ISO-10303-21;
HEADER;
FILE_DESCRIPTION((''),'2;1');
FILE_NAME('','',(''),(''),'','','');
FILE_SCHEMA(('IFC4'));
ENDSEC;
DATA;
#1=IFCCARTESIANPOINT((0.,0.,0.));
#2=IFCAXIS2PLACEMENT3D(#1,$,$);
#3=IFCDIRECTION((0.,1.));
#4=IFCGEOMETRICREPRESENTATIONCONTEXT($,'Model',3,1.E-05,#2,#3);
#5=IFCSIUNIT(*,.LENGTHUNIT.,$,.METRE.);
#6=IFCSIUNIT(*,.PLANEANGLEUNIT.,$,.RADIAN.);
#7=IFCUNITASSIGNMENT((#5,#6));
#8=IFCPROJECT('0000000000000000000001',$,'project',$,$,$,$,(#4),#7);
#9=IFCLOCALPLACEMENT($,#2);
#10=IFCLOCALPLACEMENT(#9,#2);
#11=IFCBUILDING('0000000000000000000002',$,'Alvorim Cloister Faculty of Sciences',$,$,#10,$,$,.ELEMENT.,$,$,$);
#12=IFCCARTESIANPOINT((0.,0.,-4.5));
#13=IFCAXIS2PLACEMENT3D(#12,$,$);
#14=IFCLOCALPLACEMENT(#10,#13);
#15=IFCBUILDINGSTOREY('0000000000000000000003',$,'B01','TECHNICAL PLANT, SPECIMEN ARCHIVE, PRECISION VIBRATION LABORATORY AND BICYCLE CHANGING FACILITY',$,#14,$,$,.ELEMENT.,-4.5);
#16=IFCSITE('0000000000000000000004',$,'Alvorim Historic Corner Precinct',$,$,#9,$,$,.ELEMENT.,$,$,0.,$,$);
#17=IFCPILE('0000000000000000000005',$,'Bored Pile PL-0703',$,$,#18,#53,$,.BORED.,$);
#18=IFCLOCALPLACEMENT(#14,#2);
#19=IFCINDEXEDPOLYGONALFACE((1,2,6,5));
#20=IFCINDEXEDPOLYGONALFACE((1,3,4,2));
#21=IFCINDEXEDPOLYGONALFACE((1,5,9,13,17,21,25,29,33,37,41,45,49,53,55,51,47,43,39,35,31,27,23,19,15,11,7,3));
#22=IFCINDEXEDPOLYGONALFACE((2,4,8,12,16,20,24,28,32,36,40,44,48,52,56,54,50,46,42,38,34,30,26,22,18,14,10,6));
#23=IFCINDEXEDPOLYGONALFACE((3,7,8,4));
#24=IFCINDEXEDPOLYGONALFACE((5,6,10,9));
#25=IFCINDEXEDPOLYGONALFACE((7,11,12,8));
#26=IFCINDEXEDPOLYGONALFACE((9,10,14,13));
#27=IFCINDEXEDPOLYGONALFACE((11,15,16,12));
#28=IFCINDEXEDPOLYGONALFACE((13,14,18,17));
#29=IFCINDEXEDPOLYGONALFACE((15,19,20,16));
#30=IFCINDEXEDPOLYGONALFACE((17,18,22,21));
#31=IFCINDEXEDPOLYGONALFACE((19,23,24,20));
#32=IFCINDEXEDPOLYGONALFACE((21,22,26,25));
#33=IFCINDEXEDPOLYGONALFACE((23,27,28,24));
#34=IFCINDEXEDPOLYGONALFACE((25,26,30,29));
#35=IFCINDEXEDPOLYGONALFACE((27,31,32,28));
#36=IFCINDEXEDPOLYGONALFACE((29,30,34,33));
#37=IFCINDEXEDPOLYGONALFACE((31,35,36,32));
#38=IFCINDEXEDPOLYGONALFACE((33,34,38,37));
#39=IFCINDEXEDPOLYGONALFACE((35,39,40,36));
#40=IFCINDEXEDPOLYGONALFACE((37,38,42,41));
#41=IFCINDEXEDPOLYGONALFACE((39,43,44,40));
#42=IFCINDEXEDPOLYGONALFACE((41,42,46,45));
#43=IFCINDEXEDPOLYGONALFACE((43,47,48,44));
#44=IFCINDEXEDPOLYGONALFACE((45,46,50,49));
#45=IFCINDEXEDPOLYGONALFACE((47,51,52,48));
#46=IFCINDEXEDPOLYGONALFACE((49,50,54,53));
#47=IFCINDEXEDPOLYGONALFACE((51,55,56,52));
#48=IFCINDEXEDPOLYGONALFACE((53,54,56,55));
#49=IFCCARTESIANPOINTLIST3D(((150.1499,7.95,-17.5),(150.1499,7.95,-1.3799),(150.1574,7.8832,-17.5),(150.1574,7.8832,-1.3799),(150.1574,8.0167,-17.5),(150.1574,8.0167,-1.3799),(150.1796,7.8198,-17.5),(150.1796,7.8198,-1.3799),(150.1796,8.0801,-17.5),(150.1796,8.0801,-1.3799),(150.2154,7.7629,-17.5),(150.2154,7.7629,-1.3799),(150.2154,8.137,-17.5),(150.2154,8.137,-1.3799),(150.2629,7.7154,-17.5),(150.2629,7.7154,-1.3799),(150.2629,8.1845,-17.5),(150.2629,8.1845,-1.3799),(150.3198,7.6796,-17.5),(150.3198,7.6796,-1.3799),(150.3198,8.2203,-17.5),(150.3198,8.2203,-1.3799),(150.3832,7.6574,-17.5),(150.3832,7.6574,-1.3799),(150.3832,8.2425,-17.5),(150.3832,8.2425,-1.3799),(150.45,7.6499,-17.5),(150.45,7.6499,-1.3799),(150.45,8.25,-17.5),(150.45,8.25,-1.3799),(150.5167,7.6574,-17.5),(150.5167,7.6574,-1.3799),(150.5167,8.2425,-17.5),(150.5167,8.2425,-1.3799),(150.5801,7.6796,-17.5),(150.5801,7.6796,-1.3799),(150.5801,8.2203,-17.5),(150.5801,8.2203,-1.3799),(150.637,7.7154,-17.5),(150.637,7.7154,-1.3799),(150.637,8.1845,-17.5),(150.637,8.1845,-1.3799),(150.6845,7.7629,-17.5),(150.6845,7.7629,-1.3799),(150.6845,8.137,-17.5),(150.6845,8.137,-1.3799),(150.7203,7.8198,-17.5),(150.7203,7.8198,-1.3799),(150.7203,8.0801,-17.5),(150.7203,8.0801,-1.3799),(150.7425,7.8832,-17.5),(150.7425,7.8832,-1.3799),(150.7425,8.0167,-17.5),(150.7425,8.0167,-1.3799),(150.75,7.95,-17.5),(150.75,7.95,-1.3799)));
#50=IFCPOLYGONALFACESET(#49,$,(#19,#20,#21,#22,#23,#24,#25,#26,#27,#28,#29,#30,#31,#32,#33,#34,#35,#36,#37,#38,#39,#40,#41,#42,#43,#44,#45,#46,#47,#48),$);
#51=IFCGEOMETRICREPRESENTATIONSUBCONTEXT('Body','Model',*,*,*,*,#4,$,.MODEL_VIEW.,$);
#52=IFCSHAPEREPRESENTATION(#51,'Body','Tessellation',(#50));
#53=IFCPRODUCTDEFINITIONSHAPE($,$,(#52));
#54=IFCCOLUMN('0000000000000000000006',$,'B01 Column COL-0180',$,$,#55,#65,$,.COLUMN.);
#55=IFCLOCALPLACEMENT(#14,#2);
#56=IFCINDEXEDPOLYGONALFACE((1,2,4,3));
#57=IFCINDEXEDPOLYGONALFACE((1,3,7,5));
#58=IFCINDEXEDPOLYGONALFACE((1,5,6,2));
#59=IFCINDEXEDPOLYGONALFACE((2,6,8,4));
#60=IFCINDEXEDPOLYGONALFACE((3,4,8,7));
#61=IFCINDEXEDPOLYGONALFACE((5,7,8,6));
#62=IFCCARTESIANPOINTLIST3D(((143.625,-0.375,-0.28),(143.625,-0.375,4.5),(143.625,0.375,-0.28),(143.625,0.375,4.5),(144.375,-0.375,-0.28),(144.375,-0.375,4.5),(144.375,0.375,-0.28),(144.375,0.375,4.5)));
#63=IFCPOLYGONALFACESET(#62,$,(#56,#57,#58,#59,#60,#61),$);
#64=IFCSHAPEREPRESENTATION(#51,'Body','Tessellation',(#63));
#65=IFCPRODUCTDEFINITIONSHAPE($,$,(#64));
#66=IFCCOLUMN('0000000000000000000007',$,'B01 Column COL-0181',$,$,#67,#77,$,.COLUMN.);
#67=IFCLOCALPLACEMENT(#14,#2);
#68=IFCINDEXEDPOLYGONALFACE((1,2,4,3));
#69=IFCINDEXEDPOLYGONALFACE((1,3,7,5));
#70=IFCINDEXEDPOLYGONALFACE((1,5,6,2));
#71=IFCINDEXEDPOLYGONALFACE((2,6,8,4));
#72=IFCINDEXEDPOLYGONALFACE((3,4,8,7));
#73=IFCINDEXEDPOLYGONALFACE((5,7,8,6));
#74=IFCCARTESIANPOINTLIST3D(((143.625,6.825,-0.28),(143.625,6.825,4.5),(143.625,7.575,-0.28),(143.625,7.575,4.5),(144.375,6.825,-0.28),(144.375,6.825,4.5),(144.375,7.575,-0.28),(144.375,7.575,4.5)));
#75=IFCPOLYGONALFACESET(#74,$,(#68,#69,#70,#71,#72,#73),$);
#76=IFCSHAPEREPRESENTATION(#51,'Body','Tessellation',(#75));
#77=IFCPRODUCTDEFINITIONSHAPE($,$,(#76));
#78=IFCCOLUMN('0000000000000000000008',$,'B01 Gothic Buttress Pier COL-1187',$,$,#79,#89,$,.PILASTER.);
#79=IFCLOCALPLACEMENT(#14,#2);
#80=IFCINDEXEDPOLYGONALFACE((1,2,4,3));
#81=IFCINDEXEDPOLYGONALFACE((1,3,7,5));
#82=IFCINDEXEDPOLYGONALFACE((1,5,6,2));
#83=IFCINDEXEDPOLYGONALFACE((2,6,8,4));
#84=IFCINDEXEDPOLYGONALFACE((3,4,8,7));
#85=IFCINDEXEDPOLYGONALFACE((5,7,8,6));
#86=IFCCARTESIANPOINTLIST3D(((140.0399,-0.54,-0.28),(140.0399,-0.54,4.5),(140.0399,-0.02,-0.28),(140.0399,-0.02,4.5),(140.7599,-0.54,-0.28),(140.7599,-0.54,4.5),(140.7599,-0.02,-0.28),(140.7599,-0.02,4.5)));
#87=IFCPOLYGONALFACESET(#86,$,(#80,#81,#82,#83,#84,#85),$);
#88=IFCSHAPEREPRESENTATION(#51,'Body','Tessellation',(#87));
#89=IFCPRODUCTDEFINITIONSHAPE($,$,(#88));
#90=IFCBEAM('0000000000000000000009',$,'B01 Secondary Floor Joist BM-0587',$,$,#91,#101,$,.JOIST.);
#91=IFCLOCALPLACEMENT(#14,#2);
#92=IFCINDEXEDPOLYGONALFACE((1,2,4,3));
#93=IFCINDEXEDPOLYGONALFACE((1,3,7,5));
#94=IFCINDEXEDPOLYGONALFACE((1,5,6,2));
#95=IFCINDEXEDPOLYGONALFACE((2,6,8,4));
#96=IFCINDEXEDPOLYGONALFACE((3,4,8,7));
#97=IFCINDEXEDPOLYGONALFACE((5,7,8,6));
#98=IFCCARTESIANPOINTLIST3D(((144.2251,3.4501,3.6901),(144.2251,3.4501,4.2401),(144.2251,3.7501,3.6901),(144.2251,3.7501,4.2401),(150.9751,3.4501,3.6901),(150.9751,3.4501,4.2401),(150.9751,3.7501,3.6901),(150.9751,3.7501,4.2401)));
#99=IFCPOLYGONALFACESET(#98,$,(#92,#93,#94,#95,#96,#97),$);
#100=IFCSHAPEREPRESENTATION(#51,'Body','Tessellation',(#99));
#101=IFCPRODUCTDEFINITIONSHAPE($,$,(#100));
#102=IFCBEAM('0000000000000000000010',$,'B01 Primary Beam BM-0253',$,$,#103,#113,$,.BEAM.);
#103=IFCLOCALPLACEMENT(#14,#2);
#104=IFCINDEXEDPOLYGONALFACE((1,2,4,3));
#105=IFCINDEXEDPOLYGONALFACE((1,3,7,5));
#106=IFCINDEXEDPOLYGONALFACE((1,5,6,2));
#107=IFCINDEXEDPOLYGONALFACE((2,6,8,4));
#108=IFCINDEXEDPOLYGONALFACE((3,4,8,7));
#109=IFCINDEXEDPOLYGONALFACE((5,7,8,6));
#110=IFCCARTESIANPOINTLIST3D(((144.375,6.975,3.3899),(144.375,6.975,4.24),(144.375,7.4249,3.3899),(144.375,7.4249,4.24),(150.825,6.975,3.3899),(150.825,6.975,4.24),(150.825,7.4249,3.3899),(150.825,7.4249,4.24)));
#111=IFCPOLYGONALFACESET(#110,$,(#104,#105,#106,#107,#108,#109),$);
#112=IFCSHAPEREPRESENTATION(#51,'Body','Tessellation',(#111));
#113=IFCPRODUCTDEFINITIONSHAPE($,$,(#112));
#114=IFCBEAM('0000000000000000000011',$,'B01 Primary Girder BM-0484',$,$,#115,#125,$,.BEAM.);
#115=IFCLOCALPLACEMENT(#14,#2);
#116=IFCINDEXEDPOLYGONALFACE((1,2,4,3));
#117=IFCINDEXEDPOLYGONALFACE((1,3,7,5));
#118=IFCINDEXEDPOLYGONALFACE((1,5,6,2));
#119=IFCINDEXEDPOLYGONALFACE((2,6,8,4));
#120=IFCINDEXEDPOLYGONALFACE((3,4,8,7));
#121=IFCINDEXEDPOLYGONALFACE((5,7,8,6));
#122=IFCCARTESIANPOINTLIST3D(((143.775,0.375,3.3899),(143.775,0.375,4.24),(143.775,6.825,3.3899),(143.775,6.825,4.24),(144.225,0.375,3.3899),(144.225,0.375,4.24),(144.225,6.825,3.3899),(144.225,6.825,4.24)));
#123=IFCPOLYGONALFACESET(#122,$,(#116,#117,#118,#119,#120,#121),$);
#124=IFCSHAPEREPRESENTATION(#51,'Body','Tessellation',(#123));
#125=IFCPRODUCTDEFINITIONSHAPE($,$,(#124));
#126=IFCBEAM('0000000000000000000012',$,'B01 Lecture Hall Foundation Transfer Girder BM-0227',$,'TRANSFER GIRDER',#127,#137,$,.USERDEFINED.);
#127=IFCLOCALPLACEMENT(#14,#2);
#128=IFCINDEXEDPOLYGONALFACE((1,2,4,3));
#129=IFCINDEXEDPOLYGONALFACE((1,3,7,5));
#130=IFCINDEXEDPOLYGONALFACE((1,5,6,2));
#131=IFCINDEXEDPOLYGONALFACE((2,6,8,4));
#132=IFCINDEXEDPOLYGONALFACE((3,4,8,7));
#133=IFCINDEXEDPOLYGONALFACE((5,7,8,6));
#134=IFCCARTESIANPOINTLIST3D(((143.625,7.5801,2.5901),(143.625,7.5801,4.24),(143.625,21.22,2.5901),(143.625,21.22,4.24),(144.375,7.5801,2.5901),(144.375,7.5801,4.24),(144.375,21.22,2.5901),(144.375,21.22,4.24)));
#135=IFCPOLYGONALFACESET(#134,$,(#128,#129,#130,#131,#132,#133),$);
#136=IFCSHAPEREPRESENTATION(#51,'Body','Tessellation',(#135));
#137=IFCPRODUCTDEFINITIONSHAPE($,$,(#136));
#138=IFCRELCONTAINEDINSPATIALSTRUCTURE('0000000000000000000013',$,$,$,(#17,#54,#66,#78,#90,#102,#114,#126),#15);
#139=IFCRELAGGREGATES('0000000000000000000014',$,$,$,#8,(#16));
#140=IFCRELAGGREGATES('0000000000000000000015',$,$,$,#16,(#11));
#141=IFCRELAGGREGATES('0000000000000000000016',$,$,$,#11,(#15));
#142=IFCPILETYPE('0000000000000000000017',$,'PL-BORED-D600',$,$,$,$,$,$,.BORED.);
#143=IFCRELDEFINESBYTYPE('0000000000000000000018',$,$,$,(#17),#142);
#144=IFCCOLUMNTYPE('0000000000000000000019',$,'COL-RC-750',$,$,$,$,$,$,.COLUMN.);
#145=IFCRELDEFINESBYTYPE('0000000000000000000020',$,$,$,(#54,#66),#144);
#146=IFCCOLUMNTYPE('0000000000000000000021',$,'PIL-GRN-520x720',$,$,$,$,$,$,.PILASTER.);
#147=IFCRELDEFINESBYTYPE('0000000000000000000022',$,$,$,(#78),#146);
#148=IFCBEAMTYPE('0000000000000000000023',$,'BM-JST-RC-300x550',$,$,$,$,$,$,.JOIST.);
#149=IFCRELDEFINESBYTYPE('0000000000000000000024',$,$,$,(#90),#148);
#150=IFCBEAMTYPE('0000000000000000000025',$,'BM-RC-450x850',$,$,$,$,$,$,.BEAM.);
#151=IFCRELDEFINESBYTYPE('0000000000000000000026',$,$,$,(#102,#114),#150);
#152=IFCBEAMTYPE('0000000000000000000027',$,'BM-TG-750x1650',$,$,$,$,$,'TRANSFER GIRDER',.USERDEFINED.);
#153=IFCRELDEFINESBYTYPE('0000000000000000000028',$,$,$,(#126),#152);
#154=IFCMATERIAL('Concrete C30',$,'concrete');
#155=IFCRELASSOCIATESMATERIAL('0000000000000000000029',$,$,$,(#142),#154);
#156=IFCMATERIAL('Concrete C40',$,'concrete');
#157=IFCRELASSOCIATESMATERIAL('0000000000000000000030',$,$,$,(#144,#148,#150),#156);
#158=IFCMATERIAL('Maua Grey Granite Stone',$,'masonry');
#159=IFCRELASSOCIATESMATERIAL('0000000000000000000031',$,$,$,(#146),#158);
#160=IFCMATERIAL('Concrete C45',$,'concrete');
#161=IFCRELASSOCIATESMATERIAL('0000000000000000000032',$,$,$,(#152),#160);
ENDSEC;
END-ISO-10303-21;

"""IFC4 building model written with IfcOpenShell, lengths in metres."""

from ifc_helpers import new_model, si_unit, direction, frame, origin, origin_2d, place, context, subcontext, project, spatial, rectangle, circle, extrude, material, material_profile, profile_set, type_object, element, save


model = new_model("IFC4")

# Units and contexts
model_context = context("Model", 3, precision=1e-05, world=origin(), true_north=direction((0.0, 1.0)))
body_context = subcontext(model_context, "Body", "Model", "MODEL_VIEW")
ifc_project = project(units=[si_unit("LENGTHUNIT", "METRE"), si_unit("PLANEANGLEUNIT", "RADIAN")], contexts=[model_context])

# Site, building, storey
site_placement = place(None, origin())
site = spatial("IfcSite", under=ifc_project, at=site_placement, Name="Alvorim Historic Corner Precinct", CompositionType="ELEMENT", RefElevation=0.0)
building_placement = place(site_placement, origin())
building = spatial("IfcBuilding", under=site, at=building_placement, Name="Alvorim Cloister Faculty of Sciences", CompositionType="ELEMENT")
storey_placement = place(building_placement, frame((0.0, 0.0, -4.5)))
storey = spatial("IfcBuildingStorey", under=building, at=storey_placement, Name="B01", Description="TECHNICAL PLANT, SPECIMEN ARCHIVE, PRECISION VIBRATION LABORATORY AND BICYCLE CHANGING FACILITY", CompositionType="ELEMENT", Elevation=-4.5)

# Shared definitions
ifc_material_1 = material(Name="Concrete C40", Category="concrete")

# Pile
ifc_material_2 = material(Name="Concrete C30", Category="concrete")
ifc_material_profile_1 = material_profile(ifc_material_2, circle(Radius=0.3, at=origin_2d()), Name="PILE-D600")
ifc_profile_set_1 = profile_set([ifc_material_profile_1], Name="Concrete C30")
pile_type = type_object("IfcPileType", Name="PL-BORED-D600", PredefinedType="BORED", material=ifc_profile_set_1)
for number, where, z_axis, x_axis, name in (
    (1, (150.45, 7.95, -1.3799), (0.0, 0.0, -1.0), (1.0, 0.0, 0.0), "Bored Pile PL-0703"),
):
    element("IfcPile", number, at=place(storey_placement, frame(where, z_axis=z_axis, x_axis=x_axis)), inside=storey, type_object=pile_type, Name=name, PredefinedType="BORED", context=body_context, shape_type="SweptSolid", body=[
        extrude(circle(Radius=0.3, at=origin_2d()), origin(), (0.0, 0.0, 1.0), 16.1201),
    ])

# Columns
ifc_material_profile_2 = material_profile(ifc_material_1, rectangle(XDim=0.75, YDim=0.75, at=origin_2d()), Name="RC40-COL-750x750")
ifc_profile_set_2 = profile_set([ifc_material_profile_2], Name="Concrete C40")
column_type_1 = type_object("IfcColumnType", Name="COL-RC-750", PredefinedType="COLUMN", material=ifc_profile_set_2)
for number, where, z_axis, x_axis, name in (
    (2, (144.0, 0.0, -0.28), (0.0, 0.0, 1.0), (1.0, 0.0, 0.0), "B01 Column COL-0180"),
    (3, (144.0, 7.2, -0.28), (0.0, 0.0, 1.0), (1.0, 0.0, 0.0), "B01 Column COL-0181"),
):
    element("IfcColumn", number, at=place(storey_placement, frame(where, z_axis=z_axis, x_axis=x_axis)), inside=storey, type_object=column_type_1, Name=name, PredefinedType="COLUMN", context=body_context, shape_type="SweptSolid", body=[
        extrude(rectangle(XDim=0.75, YDim=0.75, at=origin_2d()), origin(), (0.0, 0.0, 1.0), 4.78),
    ])
ifc_material_3 = material(Name="Maua Grey Granite Stone", Category="masonry")
ifc_material_profile_3 = material_profile(ifc_material_3, rectangle(XDim=0.52, YDim=0.72, at=origin_2d()), Name="GRN-PIER-520x720")
ifc_profile_set_3 = profile_set([ifc_material_profile_3], Name="Maua Grey Granite Stone")
column_type_2 = type_object("IfcColumnType", Name="PIL-GRN-520x720", PredefinedType="PILASTER", material=ifc_profile_set_3)
column_placement = place(storey_placement, frame((140.3999, -0.28, -0.28), z_axis=(0.0, 0.0, 1.0), x_axis=(0.0, 1.0, 0.0)))
element("IfcColumn", 4, at=column_placement, inside=storey, type_object=column_type_2, Name="B01 Gothic Buttress Pier COL-1187", PredefinedType="PILASTER", context=body_context, shape_type="SweptSolid", body=[
    extrude(rectangle(XDim=0.52, YDim=0.72, at=origin_2d()), origin(), (0.0, 0.0, 1.0), 4.78),
])

# Beams
ifc_material_profile_4 = material_profile(ifc_material_1, rectangle(XDim=0.3, YDim=0.55, at=origin_2d()), Name="RC40-JST-300x550")
ifc_profile_set_4 = profile_set([ifc_material_profile_4], Name="Concrete C40")
beam_type_1 = type_object("IfcBeamType", Name="BM-JST-RC-300x550", PredefinedType="JOIST", material=ifc_profile_set_4)
beam_1_placement = place(storey_placement, frame((144.2251, 3.6001, 3.9651), z_axis=(1.0, 0.0, 0.0), x_axis=(0.0, 1.0, 0.0)))
element("IfcBeam", 5, at=beam_1_placement, inside=storey, type_object=beam_type_1, Name="B01 Secondary Floor Joist BM-0587", PredefinedType="JOIST", context=body_context, shape_type="SweptSolid", body=[
    extrude(rectangle(XDim=0.3, YDim=0.55, at=origin_2d()), origin(), (0.0, 0.0, 1.0), 6.75),
])
ifc_material_profile_5 = material_profile(ifc_material_1, rectangle(XDim=0.45, YDim=0.8501, at=origin_2d()), Name="RC40-BM-450x850")
ifc_profile_set_5 = profile_set([ifc_material_profile_5], Name="Concrete C40")
beam_type_2 = type_object("IfcBeamType", Name="BM-RC-450x850", PredefinedType="BEAM", material=ifc_profile_set_5)
for number, where, z_axis, x_axis, name in (
    (6, (144.375, 7.2, 3.8149), (1.0, 0.0, 0.0), (0.0, 1.0, 0.0), "B01 Primary Beam BM-0253"),
    (7, (144.0, 0.375, 3.8149), (0.0, 1.0, 0.0), (-1.0, 0.0, 0.0), "B01 Primary Girder BM-0484"),
):
    element("IfcBeam", number, at=place(storey_placement, frame(where, z_axis=z_axis, x_axis=x_axis)), inside=storey, type_object=beam_type_2, Name=name, PredefinedType="BEAM", context=body_context, shape_type="SweptSolid", body=[
        extrude(rectangle(XDim=0.45, YDim=0.8501, at=origin_2d()), origin(), (0.0, 0.0, 1.0), 6.45),
    ])
ifc_material_4 = material(Name="Concrete C45", Category="concrete")
ifc_material_profile_6 = material_profile(ifc_material_4, rectangle(XDim=0.75, YDim=1.6499, at=origin_2d()), Name="RC45-TG-750x1650")
ifc_profile_set_6 = profile_set([ifc_material_profile_6], Name="Concrete C45")
beam_type_3 = type_object("IfcBeamType", Name="BM-TG-750x1650", ElementType="TRANSFER GIRDER", PredefinedType="USERDEFINED", material=ifc_profile_set_6)
beam_2_placement = place(storey_placement, frame((144.0, 7.5801, 3.415), z_axis=(0.0, 1.0, 0.0), x_axis=(-1.0, 0.0, 0.0)))
element("IfcBeam", 8, at=beam_2_placement, inside=storey, type_object=beam_type_3, Name="B01 Lecture Hall Foundation Transfer Girder BM-0227", ObjectType="TRANSFER GIRDER", PredefinedType="USERDEFINED", context=body_context, shape_type="SweptSolid", body=[
    extrude(rectangle(XDim=0.75, YDim=1.6499, at=origin_2d()), origin(), (0.0, 0.0, 1.0), 13.6399),
])

save(model, "model.ifc")
